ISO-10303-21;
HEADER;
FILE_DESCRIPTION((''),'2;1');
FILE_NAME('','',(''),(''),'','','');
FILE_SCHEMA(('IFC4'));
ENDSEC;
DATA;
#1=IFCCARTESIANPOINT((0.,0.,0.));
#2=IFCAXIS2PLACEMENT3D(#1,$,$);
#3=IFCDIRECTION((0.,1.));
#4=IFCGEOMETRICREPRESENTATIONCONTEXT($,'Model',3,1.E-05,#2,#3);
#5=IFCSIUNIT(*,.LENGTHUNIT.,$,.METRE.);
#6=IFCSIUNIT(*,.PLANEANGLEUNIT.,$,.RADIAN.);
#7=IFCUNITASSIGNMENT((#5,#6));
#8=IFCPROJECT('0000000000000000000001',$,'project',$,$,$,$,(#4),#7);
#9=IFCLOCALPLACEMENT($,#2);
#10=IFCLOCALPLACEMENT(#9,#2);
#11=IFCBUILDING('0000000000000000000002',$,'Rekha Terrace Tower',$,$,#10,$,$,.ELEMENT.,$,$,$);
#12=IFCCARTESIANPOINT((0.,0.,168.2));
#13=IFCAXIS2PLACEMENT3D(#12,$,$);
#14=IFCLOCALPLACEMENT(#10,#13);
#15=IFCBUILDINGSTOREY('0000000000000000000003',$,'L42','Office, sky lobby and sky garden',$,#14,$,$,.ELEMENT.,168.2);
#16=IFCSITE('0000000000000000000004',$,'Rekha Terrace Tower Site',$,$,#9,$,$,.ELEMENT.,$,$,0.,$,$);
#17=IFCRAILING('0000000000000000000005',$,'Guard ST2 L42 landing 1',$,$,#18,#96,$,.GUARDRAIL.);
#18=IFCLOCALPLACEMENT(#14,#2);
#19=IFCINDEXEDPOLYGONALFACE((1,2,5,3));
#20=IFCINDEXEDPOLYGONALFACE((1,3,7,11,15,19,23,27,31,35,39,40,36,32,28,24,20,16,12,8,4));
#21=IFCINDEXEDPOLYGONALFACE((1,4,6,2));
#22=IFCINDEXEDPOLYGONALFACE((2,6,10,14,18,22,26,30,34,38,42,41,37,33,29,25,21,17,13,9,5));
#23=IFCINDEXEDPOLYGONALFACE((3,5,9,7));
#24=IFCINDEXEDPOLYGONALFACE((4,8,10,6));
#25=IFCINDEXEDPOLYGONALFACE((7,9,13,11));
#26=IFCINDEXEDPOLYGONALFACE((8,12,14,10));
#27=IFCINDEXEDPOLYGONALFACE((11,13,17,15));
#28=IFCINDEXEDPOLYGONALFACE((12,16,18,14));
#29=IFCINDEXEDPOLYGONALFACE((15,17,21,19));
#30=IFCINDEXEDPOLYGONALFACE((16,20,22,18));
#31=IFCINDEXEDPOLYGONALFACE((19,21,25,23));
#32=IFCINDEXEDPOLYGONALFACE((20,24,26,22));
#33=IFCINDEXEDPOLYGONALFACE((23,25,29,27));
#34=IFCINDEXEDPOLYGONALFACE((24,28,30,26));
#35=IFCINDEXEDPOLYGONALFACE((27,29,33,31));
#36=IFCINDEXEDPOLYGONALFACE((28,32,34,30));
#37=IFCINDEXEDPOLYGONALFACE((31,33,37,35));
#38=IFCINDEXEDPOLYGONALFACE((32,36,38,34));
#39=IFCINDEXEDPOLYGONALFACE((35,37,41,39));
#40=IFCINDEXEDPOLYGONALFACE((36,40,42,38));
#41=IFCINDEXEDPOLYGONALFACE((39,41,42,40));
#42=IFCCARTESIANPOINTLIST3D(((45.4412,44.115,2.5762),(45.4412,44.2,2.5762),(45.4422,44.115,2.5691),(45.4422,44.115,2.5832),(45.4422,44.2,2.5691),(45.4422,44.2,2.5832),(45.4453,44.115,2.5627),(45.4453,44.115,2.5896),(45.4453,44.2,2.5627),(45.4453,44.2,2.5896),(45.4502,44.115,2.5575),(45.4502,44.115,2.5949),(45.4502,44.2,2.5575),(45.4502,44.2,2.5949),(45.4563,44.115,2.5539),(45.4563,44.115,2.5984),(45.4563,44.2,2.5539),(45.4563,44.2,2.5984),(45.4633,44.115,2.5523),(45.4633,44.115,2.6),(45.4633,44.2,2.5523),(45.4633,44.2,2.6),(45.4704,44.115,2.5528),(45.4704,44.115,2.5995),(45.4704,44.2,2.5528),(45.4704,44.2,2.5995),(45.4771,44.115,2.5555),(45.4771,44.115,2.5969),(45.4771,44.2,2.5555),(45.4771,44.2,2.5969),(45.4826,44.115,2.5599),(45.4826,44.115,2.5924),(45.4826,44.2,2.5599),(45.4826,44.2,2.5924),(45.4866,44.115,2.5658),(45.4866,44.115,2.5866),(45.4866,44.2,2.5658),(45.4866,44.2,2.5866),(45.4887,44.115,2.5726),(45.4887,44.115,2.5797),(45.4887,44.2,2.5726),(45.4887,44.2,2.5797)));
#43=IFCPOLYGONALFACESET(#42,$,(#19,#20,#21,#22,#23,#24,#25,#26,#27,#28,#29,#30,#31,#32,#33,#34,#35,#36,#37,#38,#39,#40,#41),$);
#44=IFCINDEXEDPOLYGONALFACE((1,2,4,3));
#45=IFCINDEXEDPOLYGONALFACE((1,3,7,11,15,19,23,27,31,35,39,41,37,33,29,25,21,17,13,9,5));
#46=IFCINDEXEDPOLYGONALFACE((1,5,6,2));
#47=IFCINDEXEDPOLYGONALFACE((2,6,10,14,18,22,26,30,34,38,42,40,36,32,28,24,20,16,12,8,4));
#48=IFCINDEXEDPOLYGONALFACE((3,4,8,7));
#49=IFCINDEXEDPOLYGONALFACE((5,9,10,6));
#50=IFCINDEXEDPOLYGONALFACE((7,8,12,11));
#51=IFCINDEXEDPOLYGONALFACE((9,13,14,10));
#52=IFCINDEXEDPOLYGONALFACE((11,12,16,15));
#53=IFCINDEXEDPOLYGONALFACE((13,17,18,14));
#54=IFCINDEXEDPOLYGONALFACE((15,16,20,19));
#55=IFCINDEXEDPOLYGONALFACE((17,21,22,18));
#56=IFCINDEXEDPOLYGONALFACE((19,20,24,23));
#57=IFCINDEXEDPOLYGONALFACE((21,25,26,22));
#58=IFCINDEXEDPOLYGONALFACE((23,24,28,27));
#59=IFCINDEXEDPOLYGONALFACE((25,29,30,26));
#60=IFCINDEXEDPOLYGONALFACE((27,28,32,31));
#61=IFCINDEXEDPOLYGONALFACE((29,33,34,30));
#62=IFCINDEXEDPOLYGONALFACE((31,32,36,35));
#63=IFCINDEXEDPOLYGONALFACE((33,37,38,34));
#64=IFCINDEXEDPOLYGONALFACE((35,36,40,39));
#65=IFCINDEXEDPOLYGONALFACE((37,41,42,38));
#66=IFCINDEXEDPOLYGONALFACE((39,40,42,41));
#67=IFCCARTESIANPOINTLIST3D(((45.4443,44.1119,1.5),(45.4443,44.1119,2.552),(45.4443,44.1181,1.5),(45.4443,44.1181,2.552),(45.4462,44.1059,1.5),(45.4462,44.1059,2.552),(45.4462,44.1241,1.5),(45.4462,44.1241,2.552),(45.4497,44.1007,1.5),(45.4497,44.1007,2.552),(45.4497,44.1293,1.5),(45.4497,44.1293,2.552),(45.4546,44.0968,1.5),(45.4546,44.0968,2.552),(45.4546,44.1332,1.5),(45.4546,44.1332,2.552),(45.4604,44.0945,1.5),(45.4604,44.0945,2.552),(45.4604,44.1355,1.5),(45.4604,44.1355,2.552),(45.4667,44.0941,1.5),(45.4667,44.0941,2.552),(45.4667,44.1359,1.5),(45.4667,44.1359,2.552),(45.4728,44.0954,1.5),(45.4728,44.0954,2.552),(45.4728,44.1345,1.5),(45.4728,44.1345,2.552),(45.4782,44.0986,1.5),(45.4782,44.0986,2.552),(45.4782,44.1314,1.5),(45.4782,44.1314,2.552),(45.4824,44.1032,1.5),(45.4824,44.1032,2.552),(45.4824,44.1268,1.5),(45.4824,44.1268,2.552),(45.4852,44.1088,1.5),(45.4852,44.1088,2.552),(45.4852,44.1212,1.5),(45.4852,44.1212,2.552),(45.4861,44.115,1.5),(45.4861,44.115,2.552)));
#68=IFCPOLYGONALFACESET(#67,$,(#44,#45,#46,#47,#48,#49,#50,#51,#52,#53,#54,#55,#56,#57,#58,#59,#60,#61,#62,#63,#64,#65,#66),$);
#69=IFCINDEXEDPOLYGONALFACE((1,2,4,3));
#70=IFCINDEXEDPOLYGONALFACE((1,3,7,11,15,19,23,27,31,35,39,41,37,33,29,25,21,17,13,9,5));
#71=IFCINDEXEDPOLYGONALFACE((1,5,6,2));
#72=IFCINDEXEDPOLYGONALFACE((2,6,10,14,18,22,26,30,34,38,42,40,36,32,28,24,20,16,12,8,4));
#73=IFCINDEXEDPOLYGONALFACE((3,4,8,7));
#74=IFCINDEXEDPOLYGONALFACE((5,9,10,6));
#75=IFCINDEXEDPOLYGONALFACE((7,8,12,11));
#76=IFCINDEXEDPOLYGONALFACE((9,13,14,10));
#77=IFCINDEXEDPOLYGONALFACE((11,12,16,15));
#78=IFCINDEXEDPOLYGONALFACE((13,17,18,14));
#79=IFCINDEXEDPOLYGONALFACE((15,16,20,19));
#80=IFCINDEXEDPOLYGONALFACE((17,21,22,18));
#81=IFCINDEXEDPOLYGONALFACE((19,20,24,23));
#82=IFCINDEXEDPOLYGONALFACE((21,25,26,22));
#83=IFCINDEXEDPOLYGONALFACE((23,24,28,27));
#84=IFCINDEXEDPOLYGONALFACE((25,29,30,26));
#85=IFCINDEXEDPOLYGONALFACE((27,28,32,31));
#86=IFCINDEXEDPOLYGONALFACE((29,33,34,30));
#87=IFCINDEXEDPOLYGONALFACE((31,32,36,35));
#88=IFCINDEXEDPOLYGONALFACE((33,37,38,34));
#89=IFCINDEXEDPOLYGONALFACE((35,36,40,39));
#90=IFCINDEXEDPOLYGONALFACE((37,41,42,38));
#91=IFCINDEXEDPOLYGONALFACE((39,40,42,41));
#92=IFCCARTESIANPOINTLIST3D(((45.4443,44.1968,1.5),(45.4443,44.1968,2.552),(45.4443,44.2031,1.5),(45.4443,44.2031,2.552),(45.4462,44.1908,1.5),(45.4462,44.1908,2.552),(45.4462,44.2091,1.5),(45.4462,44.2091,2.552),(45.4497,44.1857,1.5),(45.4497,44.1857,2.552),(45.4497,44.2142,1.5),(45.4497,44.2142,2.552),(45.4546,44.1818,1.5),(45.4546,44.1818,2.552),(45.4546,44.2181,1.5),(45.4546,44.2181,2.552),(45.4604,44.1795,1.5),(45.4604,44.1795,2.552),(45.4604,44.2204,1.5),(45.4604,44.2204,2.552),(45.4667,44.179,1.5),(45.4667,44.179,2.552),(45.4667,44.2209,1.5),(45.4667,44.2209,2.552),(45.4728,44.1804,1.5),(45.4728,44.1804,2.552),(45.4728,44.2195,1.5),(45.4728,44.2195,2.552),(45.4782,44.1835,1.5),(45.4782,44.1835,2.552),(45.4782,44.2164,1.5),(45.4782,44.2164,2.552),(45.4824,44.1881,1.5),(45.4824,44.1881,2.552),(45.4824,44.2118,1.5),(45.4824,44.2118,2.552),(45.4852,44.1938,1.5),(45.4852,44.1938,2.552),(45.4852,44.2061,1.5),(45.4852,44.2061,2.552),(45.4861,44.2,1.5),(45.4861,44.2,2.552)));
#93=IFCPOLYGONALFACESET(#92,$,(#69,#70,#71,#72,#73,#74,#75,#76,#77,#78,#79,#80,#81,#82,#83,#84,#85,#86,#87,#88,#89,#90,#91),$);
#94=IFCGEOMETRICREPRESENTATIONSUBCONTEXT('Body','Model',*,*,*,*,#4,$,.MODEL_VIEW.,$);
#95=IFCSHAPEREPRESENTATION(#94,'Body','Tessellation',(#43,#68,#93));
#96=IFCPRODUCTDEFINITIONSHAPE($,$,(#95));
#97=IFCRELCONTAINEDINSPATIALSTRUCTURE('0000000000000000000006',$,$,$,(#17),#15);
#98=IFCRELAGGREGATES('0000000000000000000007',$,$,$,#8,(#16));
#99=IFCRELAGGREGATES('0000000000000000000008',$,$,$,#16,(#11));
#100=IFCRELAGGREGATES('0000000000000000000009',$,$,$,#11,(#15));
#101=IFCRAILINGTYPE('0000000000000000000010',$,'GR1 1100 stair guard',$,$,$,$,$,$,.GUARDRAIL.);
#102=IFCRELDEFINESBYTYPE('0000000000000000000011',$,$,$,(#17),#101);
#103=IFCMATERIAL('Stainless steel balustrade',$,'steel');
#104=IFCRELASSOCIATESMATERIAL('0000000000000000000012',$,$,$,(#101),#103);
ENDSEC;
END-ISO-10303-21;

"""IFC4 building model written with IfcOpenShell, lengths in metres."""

from ifc_helpers import new_model, si_unit, direction, frame, origin, origin_2d, place, context, subcontext, project, spatial, circle, extrude, material, type_object, element, save


model = new_model("IFC4")

# Units and contexts
model_context = context("Model", 3, precision=1e-05, world=origin(), true_north=direction((0.0, 1.0)))
body_context = subcontext(model_context, "Body", "Model", "MODEL_VIEW")
ifc_project = project(units=[si_unit("LENGTHUNIT", "METRE"), si_unit("PLANEANGLEUNIT", "RADIAN")], contexts=[model_context])

# Site, building, storey
site_placement = place(None, origin())
site = spatial("IfcSite", under=ifc_project, at=site_placement, Name="Rekha Terrace Tower Site", CompositionType="ELEMENT", RefElevation=0.0)
building_placement = place(site_placement, origin())
building = spatial("IfcBuilding", under=site, at=building_placement, Name="Rekha Terrace Tower", CompositionType="ELEMENT")
storey_placement = place(building_placement, frame((0.0, 0.0, 168.2)))
storey = spatial("IfcBuildingStorey", under=building, at=storey_placement, Name="L42", Description="Office, sky lobby and sky garden", CompositionType="ELEMENT", Elevation=168.2)

# Railing
ifc_material_1 = material(Name="Stainless steel balustrade", Category="steel")
railing_type_1 = type_object("IfcRailingType", Name="GR1 1100 stair guard", PredefinedType="GUARDRAIL", material=ifc_material_1)
railing_1_placement = place(storey_placement, frame((45.4651, 44.115, 1.5)))
element("IfcRailing", 1, at=railing_1_placement, inside=storey, type_object=railing_type_1, Name="Guard ST2 L42 landing 1", PredefinedType="GUARDRAIL", context=body_context, shape_type="SweptSolid", body=[
    extrude(circle(Radius=0.0239, at=origin_2d()), frame((0.0, 0.0, 1.0762), z_axis=(0.0, 1.0, 0.0), x_axis=(-1.0, 0.0, 0.0)), (0.0, 0.0, 1.0), 0.085),
    extrude(circle(Radius=0.021, at=origin_2d()), origin(), (0.0, 0.0, 1.0), 1.052),
    extrude(circle(Radius=0.021, at=origin_2d()), frame((0.0, 0.085, 0.0)), (0.0, 0.0, 1.0), 1.052),
])

save(model, "model.ifc")
